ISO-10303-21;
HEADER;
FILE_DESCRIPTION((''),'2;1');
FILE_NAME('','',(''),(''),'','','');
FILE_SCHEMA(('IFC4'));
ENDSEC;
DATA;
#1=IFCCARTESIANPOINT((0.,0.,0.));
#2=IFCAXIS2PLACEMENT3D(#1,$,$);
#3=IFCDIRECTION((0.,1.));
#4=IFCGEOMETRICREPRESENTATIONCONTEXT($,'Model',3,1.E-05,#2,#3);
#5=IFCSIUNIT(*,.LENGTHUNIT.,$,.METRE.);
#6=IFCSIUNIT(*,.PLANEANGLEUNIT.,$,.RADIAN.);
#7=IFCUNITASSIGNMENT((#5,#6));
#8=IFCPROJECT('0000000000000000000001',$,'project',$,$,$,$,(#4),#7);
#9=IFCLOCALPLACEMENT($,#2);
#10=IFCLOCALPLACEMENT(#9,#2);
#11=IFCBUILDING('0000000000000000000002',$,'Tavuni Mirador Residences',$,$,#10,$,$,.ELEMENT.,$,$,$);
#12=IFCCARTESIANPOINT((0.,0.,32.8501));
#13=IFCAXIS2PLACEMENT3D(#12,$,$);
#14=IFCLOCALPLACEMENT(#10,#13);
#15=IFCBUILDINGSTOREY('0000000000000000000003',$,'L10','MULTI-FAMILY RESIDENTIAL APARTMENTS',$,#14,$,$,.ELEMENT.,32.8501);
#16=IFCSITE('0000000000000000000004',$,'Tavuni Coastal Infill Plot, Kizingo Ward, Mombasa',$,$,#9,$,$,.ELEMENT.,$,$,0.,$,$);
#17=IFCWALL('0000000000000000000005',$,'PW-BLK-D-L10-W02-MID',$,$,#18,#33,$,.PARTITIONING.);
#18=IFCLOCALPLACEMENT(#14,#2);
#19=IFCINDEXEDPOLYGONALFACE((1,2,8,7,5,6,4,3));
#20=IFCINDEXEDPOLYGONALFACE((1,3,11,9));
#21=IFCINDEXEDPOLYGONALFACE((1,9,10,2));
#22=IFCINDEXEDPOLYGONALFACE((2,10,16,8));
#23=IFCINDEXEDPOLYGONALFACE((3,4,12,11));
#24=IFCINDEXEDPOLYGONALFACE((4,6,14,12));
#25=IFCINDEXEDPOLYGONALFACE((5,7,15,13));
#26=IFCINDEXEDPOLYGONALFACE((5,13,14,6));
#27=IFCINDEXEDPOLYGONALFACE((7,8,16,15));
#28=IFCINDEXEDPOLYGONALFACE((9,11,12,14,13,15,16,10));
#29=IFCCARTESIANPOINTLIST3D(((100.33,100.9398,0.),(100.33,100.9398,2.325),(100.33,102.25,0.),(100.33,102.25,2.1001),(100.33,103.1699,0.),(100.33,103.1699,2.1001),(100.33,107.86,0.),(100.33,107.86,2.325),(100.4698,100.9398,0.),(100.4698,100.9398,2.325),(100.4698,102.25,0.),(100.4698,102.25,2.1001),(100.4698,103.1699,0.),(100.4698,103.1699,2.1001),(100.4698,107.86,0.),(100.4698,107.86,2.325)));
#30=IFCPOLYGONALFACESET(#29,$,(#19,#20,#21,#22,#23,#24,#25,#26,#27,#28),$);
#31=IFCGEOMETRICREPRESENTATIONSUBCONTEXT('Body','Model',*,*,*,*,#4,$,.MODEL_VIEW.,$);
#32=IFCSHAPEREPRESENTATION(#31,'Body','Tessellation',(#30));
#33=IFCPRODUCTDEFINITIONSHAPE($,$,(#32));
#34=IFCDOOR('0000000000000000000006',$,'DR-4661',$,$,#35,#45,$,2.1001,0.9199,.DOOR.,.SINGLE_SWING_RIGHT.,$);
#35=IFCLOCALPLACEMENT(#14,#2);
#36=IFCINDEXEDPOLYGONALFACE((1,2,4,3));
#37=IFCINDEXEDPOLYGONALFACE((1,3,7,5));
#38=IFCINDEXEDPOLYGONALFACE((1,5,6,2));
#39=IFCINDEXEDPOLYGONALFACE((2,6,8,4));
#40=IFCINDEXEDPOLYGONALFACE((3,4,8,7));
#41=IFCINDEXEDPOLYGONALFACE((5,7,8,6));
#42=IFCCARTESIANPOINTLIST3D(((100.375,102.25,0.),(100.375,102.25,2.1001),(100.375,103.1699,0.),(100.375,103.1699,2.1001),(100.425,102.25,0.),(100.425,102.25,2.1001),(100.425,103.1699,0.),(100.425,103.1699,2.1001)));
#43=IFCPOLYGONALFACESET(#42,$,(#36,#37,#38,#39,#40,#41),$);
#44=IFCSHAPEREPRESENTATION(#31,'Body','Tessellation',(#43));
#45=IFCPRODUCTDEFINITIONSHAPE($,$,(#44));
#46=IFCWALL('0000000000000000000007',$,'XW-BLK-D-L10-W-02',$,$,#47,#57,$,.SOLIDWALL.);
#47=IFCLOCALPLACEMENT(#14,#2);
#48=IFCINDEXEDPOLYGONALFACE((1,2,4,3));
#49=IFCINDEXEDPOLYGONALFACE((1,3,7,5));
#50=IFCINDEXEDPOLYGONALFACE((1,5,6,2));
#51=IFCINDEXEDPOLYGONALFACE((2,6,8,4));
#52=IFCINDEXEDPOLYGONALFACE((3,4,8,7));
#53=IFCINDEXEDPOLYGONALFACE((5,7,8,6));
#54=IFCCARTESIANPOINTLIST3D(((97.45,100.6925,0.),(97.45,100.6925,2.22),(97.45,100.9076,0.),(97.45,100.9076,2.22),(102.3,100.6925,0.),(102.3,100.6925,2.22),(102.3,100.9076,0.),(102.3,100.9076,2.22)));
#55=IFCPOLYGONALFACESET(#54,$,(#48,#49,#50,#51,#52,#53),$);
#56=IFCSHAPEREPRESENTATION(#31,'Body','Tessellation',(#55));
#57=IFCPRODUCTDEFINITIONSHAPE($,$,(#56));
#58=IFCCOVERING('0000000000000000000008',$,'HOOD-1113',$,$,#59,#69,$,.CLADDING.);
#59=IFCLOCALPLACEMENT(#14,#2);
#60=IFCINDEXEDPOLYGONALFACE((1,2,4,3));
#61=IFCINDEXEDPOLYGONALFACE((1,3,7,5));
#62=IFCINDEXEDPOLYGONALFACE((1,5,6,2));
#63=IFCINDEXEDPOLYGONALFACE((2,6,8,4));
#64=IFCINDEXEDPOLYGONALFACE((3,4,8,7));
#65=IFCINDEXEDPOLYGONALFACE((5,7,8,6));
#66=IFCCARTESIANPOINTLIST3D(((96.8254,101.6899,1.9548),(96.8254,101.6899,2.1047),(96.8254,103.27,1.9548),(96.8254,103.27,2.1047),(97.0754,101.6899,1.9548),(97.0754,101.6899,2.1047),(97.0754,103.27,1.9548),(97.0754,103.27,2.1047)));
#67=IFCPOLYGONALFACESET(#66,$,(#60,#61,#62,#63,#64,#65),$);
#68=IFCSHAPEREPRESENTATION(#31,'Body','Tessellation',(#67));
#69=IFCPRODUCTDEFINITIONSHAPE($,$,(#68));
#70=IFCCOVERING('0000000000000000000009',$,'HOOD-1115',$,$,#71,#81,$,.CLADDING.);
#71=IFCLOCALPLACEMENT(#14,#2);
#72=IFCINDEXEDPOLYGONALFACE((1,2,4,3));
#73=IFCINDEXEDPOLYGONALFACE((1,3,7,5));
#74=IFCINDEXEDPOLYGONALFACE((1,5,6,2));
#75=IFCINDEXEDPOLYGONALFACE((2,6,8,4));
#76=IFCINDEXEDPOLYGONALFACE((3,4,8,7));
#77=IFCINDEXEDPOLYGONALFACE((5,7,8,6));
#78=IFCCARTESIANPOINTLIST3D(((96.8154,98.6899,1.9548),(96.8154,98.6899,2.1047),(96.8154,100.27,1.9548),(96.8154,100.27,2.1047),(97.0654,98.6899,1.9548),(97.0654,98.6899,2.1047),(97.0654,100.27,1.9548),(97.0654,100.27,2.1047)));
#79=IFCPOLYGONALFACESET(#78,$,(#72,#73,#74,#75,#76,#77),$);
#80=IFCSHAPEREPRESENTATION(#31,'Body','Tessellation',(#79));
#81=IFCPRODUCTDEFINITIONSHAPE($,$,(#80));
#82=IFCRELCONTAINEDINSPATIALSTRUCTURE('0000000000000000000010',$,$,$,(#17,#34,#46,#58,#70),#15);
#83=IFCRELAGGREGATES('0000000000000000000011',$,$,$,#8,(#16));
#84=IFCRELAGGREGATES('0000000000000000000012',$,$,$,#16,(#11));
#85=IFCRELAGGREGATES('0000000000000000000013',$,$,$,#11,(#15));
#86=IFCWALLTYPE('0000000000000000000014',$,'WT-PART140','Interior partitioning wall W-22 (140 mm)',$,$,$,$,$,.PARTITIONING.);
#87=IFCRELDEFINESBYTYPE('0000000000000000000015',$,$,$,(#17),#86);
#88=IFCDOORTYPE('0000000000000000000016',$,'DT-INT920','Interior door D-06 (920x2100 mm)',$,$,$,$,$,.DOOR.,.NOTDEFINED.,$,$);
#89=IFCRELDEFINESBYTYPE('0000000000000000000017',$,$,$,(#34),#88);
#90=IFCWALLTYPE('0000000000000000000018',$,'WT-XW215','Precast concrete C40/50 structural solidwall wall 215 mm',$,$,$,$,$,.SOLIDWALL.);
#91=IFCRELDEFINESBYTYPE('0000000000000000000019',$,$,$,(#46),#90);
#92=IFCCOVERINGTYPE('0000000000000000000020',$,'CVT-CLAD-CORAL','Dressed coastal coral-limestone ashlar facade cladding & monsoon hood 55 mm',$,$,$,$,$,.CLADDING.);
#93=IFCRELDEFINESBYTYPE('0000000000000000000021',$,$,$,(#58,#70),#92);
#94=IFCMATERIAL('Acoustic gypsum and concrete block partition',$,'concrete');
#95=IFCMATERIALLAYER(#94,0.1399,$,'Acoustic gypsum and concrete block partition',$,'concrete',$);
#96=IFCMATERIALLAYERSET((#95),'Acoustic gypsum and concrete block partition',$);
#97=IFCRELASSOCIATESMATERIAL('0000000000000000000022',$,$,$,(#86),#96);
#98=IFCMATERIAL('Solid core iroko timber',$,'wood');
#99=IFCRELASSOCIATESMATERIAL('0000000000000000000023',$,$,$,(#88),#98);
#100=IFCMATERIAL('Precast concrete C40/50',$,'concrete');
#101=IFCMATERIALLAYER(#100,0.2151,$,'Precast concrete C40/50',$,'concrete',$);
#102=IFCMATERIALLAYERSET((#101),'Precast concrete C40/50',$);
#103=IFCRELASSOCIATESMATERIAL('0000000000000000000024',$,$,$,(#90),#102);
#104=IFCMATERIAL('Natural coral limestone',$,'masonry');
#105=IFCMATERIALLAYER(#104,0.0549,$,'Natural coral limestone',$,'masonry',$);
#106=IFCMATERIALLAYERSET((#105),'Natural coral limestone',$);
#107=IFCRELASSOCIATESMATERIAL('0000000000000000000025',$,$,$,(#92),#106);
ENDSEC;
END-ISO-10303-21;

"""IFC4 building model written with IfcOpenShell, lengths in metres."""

from ifc_helpers import new_model, si_unit, direction, frame, frame_2d, origin, origin_2d, place, context, subcontext, project, spatial, rectangle, extrude, material, layer, layer_set, type_object, element, fill, save


model = new_model("IFC4")

# Units and contexts
model_context = context("Model", 3, precision=1e-05, world=origin(), true_north=direction((0.0, 1.0)))
body_context = subcontext(model_context, "Body", "Model", "MODEL_VIEW")
ifc_project = project(units=[si_unit("LENGTHUNIT", "METRE"), si_unit("PLANEANGLEUNIT", "RADIAN")], contexts=[model_context])

# Site, building, storey
site_placement = place(None, origin())
site = spatial("IfcSite", under=ifc_project, at=site_placement, Name="Tavuni Coastal Infill Plot, Kizingo Ward, Mombasa", CompositionType="ELEMENT", RefElevation=0.0)
building_placement = place(site_placement, origin())
building = spatial("IfcBuilding", under=site, at=building_placement, Name="Tavuni Mirador Residences", CompositionType="ELEMENT")
storey_placement = place(building_placement, frame((0.0, 0.0, 32.8501)))
storey = spatial("IfcBuildingStorey", under=building, at=storey_placement, Name="L10", Description="MULTI-FAMILY RESIDENTIAL APARTMENTS", CompositionType="ELEMENT", Elevation=32.8501)

# Shared definitions
ifc_material_1 = material(Name="Precast concrete C40/50", Category="concrete")

# Shared definitions
ifc_material_2 = material(Name="Solid core iroko timber", Category="wood")

# Wall, opening, door
ifc_material_3 = material(Name="Acoustic gypsum and concrete block partition", Category="concrete")
ifc_layer_1 = layer(ifc_material_3, 0.1399, Name="Acoustic gypsum and concrete block partition", Category="concrete")
ifc_layer_set_1 = layer_set([ifc_layer_1], Name="Acoustic gypsum and concrete block partition")
wall_type_1 = type_object("IfcWallType", Name="WT-PART140", Description="Interior partitioning wall W-22 (140 mm)", PredefinedType="PARTITIONING", material=ifc_layer_set_1)
wall_1_placement = place(storey_placement, frame((100.3999, 100.9399, 0.0), z_axis=(0.0, 0.0, 1.0), x_axis=(0.0, 1.0, 0.0)))
wall_1 = element("IfcWall", 1, at=wall_1_placement, inside=storey, type_object=wall_type_1, Name="PW-BLK-D-L10-W02-MID", PredefinedType="PARTITIONING", context=body_context, shape_type="SweptSolid", body=[
    extrude(rectangle(XDim=6.9202, YDim=0.1399, at=frame_2d((3.46, 0.0))), origin(), (0.0, 0.0, 1.0), 2.325),
])
opening_1_placement = place(wall_1_placement, frame((1.3101, 0.0, 0.0)))
opening_1 = element("IfcOpeningElement", 2, at=opening_1_placement, cuts=wall_1, PredefinedType="OPENING", context=body_context, shape_type="SweptSolid", body=[
    extrude(rectangle(XDim=0.9199, YDim=2.1001, at=frame_2d((0.46, 1.05))), frame((0.0, 0.0801, 0.0), z_axis=(0.0, -1.0, 0.0), x_axis=(1.0, 0.0, 0.0)), (0.0, 0.0, 1.0), 0.1599),
])
door_type_1 = type_object("IfcDoorType", Name="DT-INT920", Description="Interior door D-06 (920x2100 mm)", OperationType="NOTDEFINED", PredefinedType="DOOR", material=ifc_material_2)
door_1_placement = place(opening_1_placement, origin())
door_1 = element("IfcDoor", 3, at=door_1_placement, inside=storey, type_object=door_type_1, Name="DR-4661", OperationType="SINGLE_SWING_RIGHT", OverallHeight=2.1001, OverallWidth=0.9199, PredefinedType="DOOR", context=body_context, shape_type="SweptSolid", body=[
    extrude(rectangle(XDim=0.9199, YDim=2.1001, at=frame_2d((0.46, 1.05))), frame((0.0, 0.0249, 0.0), z_axis=(0.0, -1.0, 0.0), x_axis=(1.0, 0.0, 0.0)), (0.0, 0.0, 1.0), 0.05),
])
fill(opening_1, door_1)

# Wall
ifc_layer_2 = layer(ifc_material_1, 0.2151, Name="Precast concrete C40/50", Category="concrete")
ifc_layer_set_2 = layer_set([ifc_layer_2], Name="Precast concrete C40/50")
wall_type_2 = type_object("IfcWallType", Name="WT-XW215", Description="Precast concrete C40/50 structural solidwall wall 215 mm", PredefinedType="SOLIDWALL", material=ifc_layer_set_2)
wall_2_placement = place(storey_placement, frame((97.45, 100.8, 0.0), z_axis=(0.0, 0.0, 1.0), x_axis=(1.0, 0.0, 0.0)))
element("IfcWall", 4, at=wall_2_placement, inside=storey, type_object=wall_type_2, Name="XW-BLK-D-L10-W-02", PredefinedType="SOLIDWALL", context=body_context, shape_type="SweptSolid", body=[
    extrude(rectangle(XDim=4.8501, YDim=0.2151, at=frame_2d((2.425, 0.0))), origin(), (0.0, 0.0, 1.0), 2.22),
])

# Coverings
ifc_material_4 = material(Name="Natural coral limestone", Category="masonry")
ifc_layer_3 = layer(ifc_material_4, 0.0549, Name="Natural coral limestone", Category="masonry")
ifc_layer_set_3 = layer_set([ifc_layer_3], Name="Natural coral limestone")
covering_type = type_object("IfcCoveringType", Name="CVT-CLAD-CORAL", Description="Dressed coastal coral-limestone ashlar facade cladding & monsoon hood 55 mm", PredefinedType="CLADDING", material=ifc_layer_set_3)
for number, where, z_axis, x_axis, name in (
    (5, (96.9504, 102.48, 1.9548), (0.0, 0.0, 1.0), (0.0, -1.0, 0.0), "HOOD-1113"),
    (6, (96.9404, 99.48, 1.9548), (0.0, 0.0, 1.0), (0.0, -1.0, 0.0), "HOOD-1115"),
):
    element("IfcCovering", number, at=place(storey_placement, frame(where, z_axis=z_axis, x_axis=x_axis)), inside=storey, type_object=covering_type, Name=name, PredefinedType="CLADDING", context=body_context, shape_type="SweptSolid", body=[
        extrude(rectangle(XDim=1.5801, YDim=0.25, at=origin_2d()), origin(), (0.0, 0.0, 1.0), 0.1499),
    ])

save(model, "model.ifc")
